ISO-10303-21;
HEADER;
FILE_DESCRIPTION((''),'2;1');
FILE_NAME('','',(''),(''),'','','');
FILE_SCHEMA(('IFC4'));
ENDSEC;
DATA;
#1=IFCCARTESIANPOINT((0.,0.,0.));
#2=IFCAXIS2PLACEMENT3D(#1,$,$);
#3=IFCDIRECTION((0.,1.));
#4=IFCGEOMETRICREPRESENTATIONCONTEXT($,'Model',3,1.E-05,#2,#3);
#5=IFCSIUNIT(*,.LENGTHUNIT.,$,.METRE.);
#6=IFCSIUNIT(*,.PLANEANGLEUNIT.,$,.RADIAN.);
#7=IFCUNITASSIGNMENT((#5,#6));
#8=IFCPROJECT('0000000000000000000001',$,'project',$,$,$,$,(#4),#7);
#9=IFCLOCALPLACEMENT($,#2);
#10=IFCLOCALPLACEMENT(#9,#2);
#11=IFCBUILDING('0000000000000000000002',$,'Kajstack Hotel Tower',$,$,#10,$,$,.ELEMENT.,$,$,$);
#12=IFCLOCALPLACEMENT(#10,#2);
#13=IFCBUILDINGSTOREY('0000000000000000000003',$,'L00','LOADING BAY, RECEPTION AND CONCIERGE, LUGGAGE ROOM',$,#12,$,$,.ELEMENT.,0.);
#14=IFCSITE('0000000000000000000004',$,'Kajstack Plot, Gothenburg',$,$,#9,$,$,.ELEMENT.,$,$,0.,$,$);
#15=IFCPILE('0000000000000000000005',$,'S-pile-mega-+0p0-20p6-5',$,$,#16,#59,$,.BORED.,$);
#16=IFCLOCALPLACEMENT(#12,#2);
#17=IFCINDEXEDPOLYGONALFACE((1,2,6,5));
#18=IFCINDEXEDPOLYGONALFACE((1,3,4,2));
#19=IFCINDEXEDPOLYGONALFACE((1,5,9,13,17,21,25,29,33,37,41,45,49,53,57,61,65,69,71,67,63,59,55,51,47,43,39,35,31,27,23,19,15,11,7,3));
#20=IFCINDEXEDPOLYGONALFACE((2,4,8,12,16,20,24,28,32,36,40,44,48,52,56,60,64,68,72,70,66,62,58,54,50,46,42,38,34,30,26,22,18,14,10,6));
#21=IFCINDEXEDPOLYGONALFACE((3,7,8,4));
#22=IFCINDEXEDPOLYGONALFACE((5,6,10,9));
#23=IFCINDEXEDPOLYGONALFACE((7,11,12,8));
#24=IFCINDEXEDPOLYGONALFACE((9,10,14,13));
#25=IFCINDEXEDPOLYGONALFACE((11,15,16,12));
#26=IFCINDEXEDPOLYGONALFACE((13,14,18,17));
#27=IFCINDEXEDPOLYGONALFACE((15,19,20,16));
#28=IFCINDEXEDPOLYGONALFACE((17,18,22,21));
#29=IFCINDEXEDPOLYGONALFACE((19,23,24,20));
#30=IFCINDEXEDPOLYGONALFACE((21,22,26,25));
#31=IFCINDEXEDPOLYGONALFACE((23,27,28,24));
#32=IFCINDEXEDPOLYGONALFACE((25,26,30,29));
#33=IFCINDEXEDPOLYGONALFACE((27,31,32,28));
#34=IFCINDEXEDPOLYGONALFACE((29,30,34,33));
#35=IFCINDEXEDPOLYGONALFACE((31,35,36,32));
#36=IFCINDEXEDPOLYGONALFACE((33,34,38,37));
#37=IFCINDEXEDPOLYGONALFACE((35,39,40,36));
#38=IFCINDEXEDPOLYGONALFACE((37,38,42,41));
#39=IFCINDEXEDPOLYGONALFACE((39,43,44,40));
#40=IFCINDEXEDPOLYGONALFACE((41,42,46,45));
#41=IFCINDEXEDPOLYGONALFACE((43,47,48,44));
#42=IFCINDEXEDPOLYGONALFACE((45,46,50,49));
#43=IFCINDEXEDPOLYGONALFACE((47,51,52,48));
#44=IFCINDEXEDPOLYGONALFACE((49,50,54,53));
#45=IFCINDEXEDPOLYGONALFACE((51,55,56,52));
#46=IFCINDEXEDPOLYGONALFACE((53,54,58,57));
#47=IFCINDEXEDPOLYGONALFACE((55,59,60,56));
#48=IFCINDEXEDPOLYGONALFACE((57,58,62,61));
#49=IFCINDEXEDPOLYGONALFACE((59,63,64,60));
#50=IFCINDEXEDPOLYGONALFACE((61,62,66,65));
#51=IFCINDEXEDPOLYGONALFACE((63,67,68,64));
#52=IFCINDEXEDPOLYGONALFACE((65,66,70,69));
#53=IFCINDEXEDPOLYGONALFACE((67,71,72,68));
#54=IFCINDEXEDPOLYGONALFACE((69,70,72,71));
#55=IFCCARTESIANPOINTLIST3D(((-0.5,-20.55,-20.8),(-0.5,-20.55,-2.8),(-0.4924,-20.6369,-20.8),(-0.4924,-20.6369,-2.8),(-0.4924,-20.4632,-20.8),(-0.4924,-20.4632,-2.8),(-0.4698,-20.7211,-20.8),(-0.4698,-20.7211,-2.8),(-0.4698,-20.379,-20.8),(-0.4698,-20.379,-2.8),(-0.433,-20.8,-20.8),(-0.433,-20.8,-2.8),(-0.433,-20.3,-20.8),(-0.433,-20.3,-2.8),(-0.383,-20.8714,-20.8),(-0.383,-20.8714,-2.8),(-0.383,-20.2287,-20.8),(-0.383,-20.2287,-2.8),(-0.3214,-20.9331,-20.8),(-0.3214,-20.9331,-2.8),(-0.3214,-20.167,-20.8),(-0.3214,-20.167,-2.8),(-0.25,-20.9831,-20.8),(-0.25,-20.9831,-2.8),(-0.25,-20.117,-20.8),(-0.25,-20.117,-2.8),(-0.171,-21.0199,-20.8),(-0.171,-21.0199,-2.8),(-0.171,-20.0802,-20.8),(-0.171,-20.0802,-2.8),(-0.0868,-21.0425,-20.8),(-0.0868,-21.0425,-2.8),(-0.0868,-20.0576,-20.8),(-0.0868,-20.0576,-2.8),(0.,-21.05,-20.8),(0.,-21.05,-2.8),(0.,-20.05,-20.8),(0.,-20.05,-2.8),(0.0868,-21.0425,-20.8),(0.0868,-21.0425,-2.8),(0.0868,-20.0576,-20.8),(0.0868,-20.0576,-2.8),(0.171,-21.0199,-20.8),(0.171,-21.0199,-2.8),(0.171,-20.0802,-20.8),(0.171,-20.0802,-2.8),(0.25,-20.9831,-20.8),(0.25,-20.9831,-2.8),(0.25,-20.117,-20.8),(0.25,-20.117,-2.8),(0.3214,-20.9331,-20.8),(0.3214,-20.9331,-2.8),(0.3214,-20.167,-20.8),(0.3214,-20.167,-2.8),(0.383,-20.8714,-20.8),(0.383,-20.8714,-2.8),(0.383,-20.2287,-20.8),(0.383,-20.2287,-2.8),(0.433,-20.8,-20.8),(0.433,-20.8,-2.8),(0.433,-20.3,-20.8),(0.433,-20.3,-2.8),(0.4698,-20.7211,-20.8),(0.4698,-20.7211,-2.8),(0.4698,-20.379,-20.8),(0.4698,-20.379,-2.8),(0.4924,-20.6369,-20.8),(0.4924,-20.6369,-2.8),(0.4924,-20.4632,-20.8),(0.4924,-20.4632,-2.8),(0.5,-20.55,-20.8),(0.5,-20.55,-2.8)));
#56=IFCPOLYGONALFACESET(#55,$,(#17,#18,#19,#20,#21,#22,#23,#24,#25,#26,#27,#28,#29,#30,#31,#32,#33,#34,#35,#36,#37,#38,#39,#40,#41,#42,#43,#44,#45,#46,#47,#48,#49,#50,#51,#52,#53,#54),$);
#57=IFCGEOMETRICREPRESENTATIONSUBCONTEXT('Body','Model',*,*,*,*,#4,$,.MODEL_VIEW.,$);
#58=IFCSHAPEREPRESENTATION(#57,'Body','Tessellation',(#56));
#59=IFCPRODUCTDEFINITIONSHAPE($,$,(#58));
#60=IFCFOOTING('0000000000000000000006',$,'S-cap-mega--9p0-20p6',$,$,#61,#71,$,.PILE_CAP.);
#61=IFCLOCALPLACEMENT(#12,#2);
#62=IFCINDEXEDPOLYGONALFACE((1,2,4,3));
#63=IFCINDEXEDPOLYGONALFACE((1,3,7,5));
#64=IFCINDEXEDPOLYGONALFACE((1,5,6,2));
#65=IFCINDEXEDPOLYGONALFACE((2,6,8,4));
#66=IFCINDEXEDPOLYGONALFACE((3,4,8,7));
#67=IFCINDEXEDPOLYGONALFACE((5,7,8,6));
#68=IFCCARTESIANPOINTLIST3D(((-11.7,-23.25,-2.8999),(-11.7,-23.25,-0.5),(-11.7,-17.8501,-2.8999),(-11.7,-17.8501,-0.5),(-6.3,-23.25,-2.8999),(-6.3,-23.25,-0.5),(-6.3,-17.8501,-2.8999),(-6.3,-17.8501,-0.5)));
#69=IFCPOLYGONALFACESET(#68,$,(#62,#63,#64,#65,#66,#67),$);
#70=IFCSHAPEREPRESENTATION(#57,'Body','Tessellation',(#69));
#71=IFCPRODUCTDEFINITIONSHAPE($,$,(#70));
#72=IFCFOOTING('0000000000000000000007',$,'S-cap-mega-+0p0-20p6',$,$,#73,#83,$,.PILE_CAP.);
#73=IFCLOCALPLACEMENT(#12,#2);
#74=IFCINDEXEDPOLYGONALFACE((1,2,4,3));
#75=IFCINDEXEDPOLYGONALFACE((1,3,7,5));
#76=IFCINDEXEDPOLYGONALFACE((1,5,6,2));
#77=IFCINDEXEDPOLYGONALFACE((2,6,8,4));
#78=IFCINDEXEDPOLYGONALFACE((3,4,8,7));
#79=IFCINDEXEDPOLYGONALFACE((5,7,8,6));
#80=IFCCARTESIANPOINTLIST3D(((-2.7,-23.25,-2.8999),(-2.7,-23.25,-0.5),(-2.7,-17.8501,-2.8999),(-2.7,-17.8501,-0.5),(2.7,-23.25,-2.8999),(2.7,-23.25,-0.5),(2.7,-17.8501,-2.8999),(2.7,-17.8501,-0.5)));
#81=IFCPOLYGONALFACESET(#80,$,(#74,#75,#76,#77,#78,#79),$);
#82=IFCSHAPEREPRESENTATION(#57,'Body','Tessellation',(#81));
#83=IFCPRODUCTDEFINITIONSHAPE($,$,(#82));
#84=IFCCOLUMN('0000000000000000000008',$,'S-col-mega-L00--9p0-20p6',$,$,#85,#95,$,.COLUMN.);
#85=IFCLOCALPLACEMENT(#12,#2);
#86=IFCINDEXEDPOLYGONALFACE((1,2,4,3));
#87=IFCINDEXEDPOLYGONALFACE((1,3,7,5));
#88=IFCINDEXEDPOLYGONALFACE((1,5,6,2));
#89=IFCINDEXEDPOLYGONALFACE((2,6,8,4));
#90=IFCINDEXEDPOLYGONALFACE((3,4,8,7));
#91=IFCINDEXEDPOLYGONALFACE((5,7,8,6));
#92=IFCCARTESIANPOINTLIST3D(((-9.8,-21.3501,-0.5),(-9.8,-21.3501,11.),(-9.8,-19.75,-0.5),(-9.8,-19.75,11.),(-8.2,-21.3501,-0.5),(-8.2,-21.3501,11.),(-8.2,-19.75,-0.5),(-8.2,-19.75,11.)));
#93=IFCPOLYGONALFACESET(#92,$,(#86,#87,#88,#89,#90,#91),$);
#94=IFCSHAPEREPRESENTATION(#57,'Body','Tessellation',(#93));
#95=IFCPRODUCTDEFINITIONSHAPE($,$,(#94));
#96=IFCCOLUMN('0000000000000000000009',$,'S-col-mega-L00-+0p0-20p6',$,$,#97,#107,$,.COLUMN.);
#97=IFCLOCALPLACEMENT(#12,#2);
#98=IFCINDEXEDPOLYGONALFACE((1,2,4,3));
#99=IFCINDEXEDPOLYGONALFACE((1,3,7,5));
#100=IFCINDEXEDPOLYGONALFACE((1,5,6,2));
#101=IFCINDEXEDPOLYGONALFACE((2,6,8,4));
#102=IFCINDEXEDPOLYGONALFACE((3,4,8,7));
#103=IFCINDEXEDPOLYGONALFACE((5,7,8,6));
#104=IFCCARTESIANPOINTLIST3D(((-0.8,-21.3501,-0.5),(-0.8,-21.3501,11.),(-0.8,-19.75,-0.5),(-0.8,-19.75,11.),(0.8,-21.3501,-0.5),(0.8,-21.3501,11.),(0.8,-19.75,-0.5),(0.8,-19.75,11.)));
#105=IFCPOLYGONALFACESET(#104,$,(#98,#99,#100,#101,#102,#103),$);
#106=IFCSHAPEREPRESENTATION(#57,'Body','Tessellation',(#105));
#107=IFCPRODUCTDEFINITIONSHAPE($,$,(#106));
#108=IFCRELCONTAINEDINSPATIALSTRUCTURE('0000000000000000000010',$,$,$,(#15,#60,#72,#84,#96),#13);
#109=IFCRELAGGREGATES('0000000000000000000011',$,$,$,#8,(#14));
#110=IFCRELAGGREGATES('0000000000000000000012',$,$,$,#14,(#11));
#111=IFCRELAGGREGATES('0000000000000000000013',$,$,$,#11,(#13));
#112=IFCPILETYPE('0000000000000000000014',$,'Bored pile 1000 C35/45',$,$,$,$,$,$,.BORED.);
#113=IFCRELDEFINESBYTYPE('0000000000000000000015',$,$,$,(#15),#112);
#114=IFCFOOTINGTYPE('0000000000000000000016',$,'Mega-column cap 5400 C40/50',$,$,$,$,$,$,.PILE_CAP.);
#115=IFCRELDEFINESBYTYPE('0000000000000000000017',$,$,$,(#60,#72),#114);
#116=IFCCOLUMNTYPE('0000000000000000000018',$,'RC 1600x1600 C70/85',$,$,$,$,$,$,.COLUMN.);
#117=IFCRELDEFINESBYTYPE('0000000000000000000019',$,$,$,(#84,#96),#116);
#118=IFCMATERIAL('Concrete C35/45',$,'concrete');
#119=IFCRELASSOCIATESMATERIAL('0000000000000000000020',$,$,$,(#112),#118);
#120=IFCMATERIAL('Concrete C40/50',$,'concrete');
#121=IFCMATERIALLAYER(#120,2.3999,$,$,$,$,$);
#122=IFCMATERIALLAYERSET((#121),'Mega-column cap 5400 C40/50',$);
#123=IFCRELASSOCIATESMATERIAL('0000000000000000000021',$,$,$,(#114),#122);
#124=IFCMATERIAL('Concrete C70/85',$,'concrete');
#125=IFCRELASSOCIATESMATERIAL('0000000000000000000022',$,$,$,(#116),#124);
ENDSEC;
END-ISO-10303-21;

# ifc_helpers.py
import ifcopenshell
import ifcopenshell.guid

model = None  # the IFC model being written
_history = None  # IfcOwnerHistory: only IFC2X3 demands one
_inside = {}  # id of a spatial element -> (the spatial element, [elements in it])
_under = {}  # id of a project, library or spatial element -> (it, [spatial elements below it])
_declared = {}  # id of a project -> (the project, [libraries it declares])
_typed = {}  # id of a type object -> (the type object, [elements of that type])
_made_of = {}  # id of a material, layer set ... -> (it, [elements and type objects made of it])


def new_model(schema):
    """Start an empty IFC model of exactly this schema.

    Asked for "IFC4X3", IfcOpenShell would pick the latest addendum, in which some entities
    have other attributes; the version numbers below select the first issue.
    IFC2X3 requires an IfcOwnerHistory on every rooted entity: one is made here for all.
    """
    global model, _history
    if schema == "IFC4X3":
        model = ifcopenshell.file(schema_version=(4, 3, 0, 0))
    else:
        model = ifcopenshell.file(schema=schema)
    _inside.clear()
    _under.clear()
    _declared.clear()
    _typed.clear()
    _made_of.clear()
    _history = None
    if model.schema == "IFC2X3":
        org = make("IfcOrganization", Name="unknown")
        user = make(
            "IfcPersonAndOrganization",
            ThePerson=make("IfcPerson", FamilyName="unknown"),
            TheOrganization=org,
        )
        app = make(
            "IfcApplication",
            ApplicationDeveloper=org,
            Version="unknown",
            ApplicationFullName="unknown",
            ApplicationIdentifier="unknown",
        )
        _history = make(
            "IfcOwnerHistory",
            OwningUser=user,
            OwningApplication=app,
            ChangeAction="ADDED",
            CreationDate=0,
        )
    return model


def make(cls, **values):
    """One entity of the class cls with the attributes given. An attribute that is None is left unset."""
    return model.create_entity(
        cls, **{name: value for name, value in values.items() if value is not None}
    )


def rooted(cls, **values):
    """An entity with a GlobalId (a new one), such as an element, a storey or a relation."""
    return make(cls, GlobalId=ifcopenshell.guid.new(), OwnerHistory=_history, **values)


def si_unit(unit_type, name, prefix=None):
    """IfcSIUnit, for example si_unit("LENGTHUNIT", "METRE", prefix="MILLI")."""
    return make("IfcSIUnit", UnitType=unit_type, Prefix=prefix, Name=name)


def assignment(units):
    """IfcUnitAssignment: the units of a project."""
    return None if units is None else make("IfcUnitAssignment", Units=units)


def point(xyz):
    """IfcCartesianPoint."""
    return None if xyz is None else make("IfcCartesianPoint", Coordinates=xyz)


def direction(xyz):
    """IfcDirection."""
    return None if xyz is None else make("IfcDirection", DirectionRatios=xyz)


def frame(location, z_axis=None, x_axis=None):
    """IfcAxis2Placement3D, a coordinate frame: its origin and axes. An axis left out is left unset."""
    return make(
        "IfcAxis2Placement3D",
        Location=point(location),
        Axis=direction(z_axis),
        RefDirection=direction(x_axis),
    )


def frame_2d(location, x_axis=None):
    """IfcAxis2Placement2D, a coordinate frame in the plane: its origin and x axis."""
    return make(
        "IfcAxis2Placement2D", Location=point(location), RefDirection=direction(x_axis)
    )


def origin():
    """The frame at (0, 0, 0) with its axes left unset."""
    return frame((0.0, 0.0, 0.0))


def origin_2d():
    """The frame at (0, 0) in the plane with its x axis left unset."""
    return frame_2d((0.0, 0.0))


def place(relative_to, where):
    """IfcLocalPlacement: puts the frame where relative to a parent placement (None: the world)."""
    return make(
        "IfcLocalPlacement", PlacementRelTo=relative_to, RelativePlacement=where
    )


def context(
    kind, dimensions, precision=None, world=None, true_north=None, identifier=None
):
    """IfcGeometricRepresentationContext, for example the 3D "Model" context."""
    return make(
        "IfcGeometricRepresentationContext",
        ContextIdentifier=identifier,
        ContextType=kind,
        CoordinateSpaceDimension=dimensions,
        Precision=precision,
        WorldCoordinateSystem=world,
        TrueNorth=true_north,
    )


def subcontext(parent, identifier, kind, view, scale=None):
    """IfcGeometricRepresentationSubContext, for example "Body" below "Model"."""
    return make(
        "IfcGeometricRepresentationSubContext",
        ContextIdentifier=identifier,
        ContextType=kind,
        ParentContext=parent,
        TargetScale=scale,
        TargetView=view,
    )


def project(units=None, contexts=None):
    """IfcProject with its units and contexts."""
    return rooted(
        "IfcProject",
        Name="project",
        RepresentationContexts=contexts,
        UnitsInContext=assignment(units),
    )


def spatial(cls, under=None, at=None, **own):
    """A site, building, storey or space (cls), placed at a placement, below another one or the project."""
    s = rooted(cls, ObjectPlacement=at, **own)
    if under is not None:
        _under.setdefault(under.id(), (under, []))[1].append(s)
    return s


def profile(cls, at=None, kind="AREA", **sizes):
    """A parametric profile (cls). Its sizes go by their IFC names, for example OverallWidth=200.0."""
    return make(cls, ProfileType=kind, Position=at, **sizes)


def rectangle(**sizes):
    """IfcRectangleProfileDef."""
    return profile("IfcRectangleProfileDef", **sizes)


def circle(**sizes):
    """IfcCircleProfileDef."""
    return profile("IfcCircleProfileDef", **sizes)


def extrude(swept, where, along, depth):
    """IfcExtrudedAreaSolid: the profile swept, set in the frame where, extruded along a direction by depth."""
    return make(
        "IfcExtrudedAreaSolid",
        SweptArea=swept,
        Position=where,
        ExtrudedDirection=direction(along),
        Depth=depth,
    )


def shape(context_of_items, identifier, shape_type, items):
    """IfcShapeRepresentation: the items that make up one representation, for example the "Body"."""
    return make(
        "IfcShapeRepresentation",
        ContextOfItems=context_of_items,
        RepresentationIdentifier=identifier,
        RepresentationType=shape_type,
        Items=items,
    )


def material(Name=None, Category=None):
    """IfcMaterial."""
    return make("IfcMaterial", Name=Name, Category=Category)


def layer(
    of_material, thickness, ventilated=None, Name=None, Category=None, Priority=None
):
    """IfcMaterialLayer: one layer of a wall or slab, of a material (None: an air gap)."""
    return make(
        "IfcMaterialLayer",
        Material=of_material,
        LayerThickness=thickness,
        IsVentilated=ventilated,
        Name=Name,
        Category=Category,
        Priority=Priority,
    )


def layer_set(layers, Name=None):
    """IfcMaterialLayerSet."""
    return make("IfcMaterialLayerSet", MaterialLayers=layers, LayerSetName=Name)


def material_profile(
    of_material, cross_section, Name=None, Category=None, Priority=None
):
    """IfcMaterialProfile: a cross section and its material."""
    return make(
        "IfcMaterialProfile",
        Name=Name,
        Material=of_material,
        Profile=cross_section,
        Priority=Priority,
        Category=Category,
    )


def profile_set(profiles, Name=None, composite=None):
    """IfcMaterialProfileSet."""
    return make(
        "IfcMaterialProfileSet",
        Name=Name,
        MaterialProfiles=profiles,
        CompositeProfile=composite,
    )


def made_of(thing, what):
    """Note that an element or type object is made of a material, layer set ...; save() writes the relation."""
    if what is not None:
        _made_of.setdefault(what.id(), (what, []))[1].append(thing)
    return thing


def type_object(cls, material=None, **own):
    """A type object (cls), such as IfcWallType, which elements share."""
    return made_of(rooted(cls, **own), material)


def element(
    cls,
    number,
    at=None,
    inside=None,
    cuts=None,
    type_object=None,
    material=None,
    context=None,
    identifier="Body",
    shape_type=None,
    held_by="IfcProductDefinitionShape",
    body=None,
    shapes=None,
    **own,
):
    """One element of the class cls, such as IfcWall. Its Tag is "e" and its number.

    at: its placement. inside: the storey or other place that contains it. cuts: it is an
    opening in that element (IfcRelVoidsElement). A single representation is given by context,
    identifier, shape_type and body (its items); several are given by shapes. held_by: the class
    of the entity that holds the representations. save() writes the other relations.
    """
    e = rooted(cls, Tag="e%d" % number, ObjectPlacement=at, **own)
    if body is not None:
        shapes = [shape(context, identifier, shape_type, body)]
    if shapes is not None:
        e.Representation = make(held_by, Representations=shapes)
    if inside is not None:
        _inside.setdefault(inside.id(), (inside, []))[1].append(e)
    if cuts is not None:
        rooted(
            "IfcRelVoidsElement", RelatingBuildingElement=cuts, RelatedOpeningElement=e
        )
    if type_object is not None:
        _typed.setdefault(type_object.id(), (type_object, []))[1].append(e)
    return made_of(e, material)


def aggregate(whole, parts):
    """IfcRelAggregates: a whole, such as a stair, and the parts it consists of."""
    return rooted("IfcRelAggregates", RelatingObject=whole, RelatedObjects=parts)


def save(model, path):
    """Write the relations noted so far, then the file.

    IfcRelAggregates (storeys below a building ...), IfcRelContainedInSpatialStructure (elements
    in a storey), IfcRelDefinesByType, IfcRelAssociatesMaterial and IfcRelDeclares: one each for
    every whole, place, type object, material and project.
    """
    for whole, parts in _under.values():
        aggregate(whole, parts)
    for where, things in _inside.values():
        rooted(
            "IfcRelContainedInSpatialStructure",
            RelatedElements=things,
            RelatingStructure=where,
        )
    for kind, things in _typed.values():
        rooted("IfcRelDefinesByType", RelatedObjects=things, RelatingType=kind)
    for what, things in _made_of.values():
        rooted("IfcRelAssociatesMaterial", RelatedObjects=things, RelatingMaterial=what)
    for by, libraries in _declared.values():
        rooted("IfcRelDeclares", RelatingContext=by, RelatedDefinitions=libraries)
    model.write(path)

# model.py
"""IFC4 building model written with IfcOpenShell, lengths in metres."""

from ifc_helpers import new_model, si_unit, direction, frame, origin, origin_2d, place, context, subcontext, project, spatial, rectangle, circle, extrude, material, layer, layer_set, material_profile, profile_set, type_object, element, save


model = new_model("IFC4")

# Units and contexts
model_context = context("Model", 3, precision=1e-05, world=origin(), true_north=direction((0.0, 1.0)))
body_context = subcontext(model_context, "Body", "Model", "MODEL_VIEW")
ifc_project = project(units=[si_unit("LENGTHUNIT", "METRE"), si_unit("PLANEANGLEUNIT", "RADIAN")], contexts=[model_context])

# Site, building, storey
site_placement = place(None, origin())
site = spatial("IfcSite", under=ifc_project, at=site_placement, Name="Kajstack Plot, Gothenburg", CompositionType="ELEMENT", RefElevation=0.0)
building_placement = place(site_placement, origin())
building = spatial("IfcBuilding", under=site, at=building_placement, Name="Kajstack Hotel Tower", CompositionType="ELEMENT")
storey_placement = place(building_placement, origin())
storey = spatial("IfcBuildingStorey", under=building, at=storey_placement, Name="L00", Description="LOADING BAY, RECEPTION AND CONCIERGE, LUGGAGE ROOM", CompositionType="ELEMENT", Elevation=0.0)

# Pile
ifc_material_1 = material(Name="Concrete C35/45", Category="concrete")
ifc_material_profile_1 = material_profile(ifc_material_1, circle(Radius=0.5, at=origin_2d()), Name="RC round 1000")
ifc_profile_set_1 = profile_set([ifc_material_profile_1], Name="Concrete C35/45")
pile_type = type_object("IfcPileType", Name="Bored pile 1000 C35/45", PredefinedType="BORED", material=ifc_profile_set_1)
for number, where, z_axis, x_axis, name in (
    (1, (0.0, -20.55, -2.8), (0.0, 0.0, -1.0), (1.0, 0.0, 0.0), "S-pile-mega-+0p0-20p6-5"),
):
    element("IfcPile", number, at=place(storey_placement, frame(where, z_axis=z_axis, x_axis=x_axis)), inside=storey, type_object=pile_type, Name=name, PredefinedType="BORED", context=body_context, shape_type="SweptSolid", body=[
        extrude(circle(Radius=0.5, at=origin_2d()), origin(), (0.0, 0.0, 1.0), 18.0),
    ])

# Footings
ifc_material_2 = material(Name="Concrete C40/50", Category="concrete")
ifc_layer = layer(ifc_material_2, 2.3999)
ifc_layer_set = layer_set([ifc_layer], Name="Mega-column cap 5400 C40/50")
footing_type = type_object("IfcFootingType", Name="Mega-column cap 5400 C40/50", PredefinedType="PILE_CAP", material=ifc_layer_set)
for number, where, z_axis, x_axis, name in (
    (2, (-9.0, -20.55, -2.8999), (0.0, 0.0, 1.0), (1.0, 0.0, 0.0), "S-cap-mega--9p0-20p6"),
    (3, (0.0, -20.55, -2.8999), (0.0, 0.0, 1.0), (1.0, 0.0, 0.0), "S-cap-mega-+0p0-20p6"),
):
    element("IfcFooting", number, at=place(storey_placement, frame(where, z_axis=z_axis, x_axis=x_axis)), inside=storey, type_object=footing_type, Name=name, PredefinedType="PILE_CAP", context=body_context, shape_type="SweptSolid", body=[
        extrude(rectangle(XDim=5.3999, YDim=5.3999, at=origin_2d()), origin(), (0.0, 0.0, 1.0), 2.3999),
    ])

# Columns
ifc_material_3 = material(Name="Concrete C70/85", Category="concrete")
ifc_material_profile_2 = material_profile(ifc_material_3, rectangle(XDim=1.6001, YDim=1.6001, at=origin_2d()), Name="RC 1600x1600")
ifc_profile_set_2 = profile_set([ifc_material_profile_2], Name="Concrete C70/85")
column_type = type_object("IfcColumnType", Name="RC 1600x1600 C70/85", PredefinedType="COLUMN", material=ifc_profile_set_2)
for number, where, z_axis, x_axis, name in (
    (4, (-9.0, -20.55, -0.5), (0.0, 0.0, 1.0), (1.0, 0.0, 0.0), "S-col-mega-L00--9p0-20p6"),
    (5, (0.0, -20.55, -0.5), (0.0, 0.0, 1.0), (1.0, 0.0, 0.0), "S-col-mega-L00-+0p0-20p6"),
):
    element("IfcColumn", number, at=place(storey_placement, frame(where, z_axis=z_axis, x_axis=x_axis)), inside=storey, type_object=column_type, Name=name, PredefinedType="COLUMN", context=body_context, shape_type="SweptSolid", body=[
        extrude(rectangle(XDim=1.6001, YDim=1.6001, at=origin_2d()), origin(), (0.0, 0.0, 1.0), 11.5),
    ])

save(model, "model.ifc")
